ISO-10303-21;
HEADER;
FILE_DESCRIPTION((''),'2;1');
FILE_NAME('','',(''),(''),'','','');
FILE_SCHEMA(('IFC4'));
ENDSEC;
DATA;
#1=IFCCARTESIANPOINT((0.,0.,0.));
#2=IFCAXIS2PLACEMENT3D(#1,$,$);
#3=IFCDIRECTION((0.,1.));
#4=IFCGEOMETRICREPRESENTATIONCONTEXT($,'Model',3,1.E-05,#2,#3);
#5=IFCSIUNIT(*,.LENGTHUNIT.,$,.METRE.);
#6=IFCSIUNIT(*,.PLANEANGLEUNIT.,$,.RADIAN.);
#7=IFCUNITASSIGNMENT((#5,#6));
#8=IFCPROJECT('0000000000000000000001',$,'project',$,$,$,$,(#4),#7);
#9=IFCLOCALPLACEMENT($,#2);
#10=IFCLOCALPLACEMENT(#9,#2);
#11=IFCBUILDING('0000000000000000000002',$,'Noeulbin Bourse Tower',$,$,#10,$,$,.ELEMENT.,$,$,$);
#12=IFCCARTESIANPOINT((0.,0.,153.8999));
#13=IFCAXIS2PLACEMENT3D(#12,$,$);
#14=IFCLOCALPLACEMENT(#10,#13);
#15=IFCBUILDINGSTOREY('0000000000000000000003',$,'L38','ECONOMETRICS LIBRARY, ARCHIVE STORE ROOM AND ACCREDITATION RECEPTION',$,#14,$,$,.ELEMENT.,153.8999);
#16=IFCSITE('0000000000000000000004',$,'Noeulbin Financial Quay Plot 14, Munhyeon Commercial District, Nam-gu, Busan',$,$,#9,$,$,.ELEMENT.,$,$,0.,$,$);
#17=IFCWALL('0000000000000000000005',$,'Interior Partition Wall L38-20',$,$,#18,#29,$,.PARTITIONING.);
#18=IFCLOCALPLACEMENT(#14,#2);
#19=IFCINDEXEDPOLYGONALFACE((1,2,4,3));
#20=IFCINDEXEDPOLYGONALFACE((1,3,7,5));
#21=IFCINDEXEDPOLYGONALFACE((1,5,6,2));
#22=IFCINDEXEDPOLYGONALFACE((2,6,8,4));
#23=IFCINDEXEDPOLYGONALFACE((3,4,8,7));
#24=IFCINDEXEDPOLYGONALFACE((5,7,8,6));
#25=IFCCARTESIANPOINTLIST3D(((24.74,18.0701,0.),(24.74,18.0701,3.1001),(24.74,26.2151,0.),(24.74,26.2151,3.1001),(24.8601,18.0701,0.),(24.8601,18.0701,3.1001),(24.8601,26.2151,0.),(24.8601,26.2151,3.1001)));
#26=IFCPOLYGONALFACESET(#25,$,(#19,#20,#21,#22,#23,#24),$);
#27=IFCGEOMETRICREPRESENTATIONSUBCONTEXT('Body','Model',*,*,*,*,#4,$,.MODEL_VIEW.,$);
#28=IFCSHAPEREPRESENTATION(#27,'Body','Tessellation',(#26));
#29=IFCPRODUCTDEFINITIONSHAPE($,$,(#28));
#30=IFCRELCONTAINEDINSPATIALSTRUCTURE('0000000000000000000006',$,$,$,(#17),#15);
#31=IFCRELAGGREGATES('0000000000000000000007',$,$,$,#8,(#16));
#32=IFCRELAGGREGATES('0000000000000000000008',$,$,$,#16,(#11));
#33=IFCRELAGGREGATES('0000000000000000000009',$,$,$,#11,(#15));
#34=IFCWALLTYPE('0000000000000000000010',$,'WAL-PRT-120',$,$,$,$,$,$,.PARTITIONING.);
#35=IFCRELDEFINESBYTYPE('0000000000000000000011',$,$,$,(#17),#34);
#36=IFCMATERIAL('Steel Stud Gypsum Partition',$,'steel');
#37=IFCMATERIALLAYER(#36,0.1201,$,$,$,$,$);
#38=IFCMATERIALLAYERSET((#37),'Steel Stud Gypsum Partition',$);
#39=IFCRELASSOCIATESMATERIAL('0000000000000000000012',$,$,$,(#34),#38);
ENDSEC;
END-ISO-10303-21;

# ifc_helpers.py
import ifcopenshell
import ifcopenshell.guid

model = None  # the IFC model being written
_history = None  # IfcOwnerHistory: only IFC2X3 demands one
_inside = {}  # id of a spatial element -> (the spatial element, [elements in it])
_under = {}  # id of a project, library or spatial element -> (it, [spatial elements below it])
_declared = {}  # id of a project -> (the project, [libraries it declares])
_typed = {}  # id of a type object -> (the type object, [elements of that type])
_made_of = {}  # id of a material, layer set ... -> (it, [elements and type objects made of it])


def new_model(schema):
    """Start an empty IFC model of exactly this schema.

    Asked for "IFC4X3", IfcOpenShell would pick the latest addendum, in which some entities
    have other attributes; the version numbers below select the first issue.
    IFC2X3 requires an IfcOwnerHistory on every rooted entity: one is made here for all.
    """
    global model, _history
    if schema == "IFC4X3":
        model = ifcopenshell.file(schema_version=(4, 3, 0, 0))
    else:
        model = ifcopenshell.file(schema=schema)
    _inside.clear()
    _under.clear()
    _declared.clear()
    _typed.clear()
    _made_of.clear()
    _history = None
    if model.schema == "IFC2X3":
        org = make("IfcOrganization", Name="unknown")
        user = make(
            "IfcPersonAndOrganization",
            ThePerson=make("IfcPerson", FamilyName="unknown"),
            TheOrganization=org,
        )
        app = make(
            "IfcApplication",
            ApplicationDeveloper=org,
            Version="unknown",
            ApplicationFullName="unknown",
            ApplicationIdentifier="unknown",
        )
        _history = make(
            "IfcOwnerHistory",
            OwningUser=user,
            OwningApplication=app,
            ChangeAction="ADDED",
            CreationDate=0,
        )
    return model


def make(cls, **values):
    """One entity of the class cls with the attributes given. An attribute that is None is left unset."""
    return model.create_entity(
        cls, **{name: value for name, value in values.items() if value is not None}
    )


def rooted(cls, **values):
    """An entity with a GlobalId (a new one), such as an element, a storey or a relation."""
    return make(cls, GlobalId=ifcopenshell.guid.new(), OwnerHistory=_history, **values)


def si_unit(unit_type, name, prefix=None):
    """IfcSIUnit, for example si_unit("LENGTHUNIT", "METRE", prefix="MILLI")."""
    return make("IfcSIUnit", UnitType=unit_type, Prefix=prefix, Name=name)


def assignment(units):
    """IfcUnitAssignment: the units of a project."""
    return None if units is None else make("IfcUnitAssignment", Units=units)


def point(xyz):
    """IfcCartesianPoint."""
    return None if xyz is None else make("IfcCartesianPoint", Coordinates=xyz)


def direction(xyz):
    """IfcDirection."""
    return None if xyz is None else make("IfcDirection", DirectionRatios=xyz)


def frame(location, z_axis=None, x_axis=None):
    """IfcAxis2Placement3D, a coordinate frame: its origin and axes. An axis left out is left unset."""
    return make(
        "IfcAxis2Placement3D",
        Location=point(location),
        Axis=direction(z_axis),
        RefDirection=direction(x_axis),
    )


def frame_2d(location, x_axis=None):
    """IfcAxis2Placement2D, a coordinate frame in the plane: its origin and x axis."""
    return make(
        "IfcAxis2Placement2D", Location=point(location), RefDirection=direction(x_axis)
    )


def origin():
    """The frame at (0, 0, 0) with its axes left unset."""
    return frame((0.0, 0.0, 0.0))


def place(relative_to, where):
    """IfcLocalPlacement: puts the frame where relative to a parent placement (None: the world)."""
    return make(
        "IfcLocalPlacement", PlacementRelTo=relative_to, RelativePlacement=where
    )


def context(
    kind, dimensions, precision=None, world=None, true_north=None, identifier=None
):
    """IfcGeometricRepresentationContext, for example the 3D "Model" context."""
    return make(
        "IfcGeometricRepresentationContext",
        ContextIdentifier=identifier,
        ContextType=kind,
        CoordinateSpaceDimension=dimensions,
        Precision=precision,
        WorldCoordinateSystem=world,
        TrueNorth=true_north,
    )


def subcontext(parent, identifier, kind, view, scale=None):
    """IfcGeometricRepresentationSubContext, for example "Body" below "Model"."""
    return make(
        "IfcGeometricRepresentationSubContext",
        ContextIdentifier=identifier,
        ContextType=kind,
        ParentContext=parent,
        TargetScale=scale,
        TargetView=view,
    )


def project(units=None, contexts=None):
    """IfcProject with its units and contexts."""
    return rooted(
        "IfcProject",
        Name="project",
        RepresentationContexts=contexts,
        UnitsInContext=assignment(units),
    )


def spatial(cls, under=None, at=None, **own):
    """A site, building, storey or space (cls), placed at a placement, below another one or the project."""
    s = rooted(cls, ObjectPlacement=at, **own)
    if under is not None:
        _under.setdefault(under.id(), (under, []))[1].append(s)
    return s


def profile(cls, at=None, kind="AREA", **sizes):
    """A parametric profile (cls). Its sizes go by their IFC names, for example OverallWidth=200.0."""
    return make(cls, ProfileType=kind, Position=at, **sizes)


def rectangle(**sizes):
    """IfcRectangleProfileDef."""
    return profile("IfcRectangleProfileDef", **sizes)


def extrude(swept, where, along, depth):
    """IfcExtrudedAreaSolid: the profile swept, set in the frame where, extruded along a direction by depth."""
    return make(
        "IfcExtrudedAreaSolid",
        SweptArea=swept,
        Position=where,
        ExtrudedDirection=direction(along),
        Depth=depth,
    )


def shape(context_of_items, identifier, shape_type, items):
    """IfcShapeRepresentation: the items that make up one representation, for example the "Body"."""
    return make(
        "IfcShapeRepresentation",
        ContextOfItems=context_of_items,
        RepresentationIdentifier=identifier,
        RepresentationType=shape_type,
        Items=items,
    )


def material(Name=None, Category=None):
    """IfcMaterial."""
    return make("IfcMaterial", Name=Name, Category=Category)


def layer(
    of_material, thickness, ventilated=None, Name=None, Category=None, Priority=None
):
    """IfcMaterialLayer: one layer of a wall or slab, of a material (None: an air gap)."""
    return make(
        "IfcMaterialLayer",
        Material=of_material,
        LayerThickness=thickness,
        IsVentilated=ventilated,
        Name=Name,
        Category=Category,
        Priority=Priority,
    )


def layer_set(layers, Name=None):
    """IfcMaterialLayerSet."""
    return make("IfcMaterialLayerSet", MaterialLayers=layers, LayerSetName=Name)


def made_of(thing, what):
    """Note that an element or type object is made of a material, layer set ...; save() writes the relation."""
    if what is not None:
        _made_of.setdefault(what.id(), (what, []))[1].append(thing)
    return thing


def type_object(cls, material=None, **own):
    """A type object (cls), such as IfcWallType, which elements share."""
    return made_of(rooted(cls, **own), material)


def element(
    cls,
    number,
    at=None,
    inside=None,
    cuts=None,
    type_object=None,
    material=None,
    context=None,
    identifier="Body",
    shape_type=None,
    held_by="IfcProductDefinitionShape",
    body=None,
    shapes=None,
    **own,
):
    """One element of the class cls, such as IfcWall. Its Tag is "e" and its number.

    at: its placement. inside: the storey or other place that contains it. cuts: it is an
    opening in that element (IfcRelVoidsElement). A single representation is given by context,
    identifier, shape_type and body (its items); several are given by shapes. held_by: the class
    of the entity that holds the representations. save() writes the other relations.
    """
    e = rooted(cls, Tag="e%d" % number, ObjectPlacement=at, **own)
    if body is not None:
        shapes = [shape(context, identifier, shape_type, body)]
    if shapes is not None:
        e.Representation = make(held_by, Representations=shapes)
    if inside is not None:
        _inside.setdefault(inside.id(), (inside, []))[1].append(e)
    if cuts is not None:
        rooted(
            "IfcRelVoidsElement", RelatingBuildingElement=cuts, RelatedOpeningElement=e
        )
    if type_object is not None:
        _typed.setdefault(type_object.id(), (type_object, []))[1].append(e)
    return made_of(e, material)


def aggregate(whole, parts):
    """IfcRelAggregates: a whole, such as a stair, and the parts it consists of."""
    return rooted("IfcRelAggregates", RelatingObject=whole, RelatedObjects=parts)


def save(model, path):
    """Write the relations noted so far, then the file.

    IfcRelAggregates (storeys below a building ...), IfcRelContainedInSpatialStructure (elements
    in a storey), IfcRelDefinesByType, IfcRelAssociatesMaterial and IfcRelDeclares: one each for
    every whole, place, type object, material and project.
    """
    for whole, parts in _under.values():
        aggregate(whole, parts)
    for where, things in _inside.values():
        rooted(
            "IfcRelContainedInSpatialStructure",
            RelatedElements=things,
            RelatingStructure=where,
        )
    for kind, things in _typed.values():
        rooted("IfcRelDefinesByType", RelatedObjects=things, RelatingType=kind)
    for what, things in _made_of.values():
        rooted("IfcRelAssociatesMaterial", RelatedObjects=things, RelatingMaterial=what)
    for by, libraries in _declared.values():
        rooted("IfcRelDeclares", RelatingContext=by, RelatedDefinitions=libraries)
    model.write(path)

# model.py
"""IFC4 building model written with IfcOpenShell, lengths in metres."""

from ifc_helpers import new_model, si_unit, direction, frame, frame_2d, origin, place, context, subcontext, project, spatial, rectangle, extrude, material, layer, layer_set, type_object, element, save


model = new_model("IFC4")

# Units and contexts
model_context = context("Model", 3, precision=1e-05, world=origin(), true_north=direction((0.0, 1.0)))
body_context = subcontext(model_context, "Body", "Model", "MODEL_VIEW")
ifc_project = project(units=[si_unit("LENGTHUNIT", "METRE"), si_unit("PLANEANGLEUNIT", "RADIAN")], contexts=[model_context])

# Site, building, storey
site_placement = place(None, origin())
site = spatial("IfcSite", under=ifc_project, at=site_placement, Name="Noeulbin Financial Quay Plot 14, Munhyeon Commercial District, Nam-gu, Busan", CompositionType="ELEMENT", RefElevation=0.0)
building_placement = place(site_placement, origin())
building = spatial("IfcBuilding", under=site, at=building_placement, Name="Noeulbin Bourse Tower", CompositionType="ELEMENT")
storey_placement = place(building_placement, frame((0.0, 0.0, 153.8999)))
storey = spatial("IfcBuildingStorey", under=building, at=storey_placement, Name="L38", Description="ECONOMETRICS LIBRARY, ARCHIVE STORE ROOM AND ACCREDITATION RECEPTION", CompositionType="ELEMENT", Elevation=153.8999)

# Wall
ifc_material_1 = material(Name="Steel Stud Gypsum Partition", Category="steel")
ifc_layer_1 = layer(ifc_material_1, 0.1201)
ifc_layer_set_1 = layer_set([ifc_layer_1], Name="Steel Stud Gypsum Partition")
wall_type_1 = type_object("IfcWallType", Name="WAL-PRT-120", PredefinedType="PARTITIONING", material=ifc_layer_set_1)
wall_1_placement = place(storey_placement, frame((24.8, 18.0701, 0.0), z_axis=(0.0, 0.0, 1.0), x_axis=(0.0, 1.0, 0.0)))
element("IfcWall", 1, at=wall_1_placement, inside=storey, type_object=wall_type_1, Name="Interior Partition Wall L38-20", PredefinedType="PARTITIONING", context=body_context, shape_type="SweptSolid", body=[
    extrude(rectangle(XDim=8.145, YDim=0.1201, at=frame_2d((4.0725, 0.0))), origin(), (0.0, 0.0, 1.0), 3.1001),
])

save(model, "model.ifc")
